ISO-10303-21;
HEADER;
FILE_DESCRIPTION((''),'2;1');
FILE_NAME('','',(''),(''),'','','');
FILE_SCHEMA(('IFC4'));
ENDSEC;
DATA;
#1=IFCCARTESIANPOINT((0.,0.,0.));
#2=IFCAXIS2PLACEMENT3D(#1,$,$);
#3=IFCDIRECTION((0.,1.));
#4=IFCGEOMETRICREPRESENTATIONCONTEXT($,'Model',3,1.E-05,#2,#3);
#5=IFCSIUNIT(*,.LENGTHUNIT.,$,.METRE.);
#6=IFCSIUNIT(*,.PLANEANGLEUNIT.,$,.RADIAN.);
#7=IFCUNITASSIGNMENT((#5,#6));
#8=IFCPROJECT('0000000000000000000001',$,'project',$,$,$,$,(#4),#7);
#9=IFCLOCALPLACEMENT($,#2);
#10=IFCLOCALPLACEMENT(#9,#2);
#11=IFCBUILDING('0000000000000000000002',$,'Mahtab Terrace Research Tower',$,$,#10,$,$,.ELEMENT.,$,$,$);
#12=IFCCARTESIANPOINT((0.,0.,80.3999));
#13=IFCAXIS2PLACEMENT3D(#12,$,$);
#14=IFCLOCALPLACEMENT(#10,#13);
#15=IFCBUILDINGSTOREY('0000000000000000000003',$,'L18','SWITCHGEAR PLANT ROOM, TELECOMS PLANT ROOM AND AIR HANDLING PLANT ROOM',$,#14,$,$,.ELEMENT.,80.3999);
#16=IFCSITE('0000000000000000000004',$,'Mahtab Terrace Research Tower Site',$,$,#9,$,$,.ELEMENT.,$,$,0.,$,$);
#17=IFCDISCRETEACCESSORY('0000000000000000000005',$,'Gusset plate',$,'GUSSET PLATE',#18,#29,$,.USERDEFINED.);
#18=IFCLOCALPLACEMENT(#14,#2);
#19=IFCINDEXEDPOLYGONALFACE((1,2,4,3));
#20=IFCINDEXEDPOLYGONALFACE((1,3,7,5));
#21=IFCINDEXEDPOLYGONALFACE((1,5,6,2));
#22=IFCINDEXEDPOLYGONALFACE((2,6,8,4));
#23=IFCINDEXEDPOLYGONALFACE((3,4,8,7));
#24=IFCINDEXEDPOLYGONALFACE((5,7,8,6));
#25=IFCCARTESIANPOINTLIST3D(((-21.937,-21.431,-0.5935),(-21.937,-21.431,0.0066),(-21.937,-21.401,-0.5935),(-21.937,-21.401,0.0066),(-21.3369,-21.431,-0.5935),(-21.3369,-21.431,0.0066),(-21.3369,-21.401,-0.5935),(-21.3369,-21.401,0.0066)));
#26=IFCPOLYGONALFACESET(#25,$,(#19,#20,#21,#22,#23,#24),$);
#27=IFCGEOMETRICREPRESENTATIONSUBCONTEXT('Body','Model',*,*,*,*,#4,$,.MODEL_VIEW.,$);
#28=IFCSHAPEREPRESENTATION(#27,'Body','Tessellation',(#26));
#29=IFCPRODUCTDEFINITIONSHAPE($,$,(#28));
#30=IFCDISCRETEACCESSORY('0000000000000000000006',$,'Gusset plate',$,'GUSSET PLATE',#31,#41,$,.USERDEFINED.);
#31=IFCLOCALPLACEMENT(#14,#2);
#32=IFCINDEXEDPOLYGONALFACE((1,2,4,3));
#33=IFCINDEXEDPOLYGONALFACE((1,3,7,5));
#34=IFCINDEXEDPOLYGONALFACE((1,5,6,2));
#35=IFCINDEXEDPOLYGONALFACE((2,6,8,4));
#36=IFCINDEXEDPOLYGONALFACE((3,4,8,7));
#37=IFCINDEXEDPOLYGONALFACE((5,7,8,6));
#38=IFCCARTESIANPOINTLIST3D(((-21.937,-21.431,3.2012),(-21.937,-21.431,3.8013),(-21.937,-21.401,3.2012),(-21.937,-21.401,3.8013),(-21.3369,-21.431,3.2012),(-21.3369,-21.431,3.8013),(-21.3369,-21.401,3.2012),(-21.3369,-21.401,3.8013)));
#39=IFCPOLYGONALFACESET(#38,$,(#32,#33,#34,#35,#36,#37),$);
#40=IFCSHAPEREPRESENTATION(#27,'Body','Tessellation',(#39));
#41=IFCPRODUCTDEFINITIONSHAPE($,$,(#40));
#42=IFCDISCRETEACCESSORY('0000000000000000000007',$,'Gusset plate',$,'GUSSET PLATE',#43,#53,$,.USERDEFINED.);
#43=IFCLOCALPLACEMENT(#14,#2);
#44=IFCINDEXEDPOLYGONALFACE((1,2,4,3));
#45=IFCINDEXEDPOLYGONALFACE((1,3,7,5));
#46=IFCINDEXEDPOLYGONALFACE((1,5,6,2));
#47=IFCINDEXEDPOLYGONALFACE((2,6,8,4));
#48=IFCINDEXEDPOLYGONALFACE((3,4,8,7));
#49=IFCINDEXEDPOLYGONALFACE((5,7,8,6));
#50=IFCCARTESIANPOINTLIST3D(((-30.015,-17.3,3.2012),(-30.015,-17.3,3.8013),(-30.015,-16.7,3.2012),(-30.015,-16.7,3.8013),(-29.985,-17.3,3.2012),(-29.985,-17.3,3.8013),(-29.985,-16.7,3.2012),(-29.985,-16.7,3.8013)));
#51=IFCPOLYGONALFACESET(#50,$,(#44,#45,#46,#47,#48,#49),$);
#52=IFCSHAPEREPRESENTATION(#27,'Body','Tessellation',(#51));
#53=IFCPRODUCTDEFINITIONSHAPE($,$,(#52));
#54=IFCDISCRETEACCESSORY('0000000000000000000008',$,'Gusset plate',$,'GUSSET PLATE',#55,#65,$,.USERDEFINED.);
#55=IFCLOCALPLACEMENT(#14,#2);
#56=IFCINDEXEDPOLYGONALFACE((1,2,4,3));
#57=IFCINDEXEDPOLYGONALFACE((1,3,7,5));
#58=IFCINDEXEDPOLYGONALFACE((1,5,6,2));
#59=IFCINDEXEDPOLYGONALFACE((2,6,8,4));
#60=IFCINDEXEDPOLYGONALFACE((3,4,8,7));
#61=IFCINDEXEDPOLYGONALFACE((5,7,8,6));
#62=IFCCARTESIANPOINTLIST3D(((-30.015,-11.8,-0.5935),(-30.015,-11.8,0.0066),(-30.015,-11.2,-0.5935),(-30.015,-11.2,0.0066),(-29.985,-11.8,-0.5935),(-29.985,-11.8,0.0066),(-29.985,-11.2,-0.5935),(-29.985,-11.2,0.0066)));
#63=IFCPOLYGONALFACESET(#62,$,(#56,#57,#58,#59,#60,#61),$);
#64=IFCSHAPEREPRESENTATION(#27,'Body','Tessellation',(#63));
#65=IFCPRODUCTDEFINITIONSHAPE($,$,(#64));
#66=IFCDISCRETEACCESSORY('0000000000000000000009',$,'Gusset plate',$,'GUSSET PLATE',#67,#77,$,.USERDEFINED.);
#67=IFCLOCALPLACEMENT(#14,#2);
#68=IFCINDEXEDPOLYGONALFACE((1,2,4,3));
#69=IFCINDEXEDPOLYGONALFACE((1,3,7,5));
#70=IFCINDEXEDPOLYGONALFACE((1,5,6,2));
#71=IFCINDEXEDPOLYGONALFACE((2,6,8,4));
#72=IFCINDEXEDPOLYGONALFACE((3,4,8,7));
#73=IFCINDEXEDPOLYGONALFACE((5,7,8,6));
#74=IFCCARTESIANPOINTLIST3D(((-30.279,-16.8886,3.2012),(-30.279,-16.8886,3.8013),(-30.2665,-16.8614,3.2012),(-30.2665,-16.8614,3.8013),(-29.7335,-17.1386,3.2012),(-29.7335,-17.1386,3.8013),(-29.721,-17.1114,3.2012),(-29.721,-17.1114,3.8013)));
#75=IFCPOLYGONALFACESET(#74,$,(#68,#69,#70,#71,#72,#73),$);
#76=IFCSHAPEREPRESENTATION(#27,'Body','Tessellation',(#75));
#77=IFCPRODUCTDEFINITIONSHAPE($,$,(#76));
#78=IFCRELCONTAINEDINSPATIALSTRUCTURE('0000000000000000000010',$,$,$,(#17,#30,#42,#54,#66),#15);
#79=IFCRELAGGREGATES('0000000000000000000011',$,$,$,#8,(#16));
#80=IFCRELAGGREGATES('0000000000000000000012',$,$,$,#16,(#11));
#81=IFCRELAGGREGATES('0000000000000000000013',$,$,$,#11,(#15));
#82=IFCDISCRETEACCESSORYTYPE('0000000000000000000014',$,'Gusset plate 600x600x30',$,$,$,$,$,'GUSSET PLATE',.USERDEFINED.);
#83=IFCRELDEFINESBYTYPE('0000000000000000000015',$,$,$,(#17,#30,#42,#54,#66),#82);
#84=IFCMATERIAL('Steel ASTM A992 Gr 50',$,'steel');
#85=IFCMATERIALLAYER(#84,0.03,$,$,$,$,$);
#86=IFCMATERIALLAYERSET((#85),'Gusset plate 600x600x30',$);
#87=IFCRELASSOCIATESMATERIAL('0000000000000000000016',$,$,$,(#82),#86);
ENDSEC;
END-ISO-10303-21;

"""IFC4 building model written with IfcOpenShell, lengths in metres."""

from ifc_helpers import new_model, si_unit, direction, frame, origin, origin_2d, place, context, subcontext, project, spatial, rectangle, extrude, material, layer, layer_set, type_object, element, save


model = new_model("IFC4")

# Units and contexts
model_context = context("Model", 3, precision=1e-05, world=origin(), true_north=direction((0.0, 1.0)))
body_context = subcontext(model_context, "Body", "Model", "MODEL_VIEW")
ifc_project = project(units=[si_unit("LENGTHUNIT", "METRE"), si_unit("PLANEANGLEUNIT", "RADIAN")], contexts=[model_context])

# Site, building, storey
site_placement = place(None, origin())
site = spatial("IfcSite", under=ifc_project, at=site_placement, Name="Mahtab Terrace Research Tower Site", CompositionType="ELEMENT", RefElevation=0.0)
building_placement = place(site_placement, origin())
building = spatial("IfcBuilding", under=site, at=building_placement, Name="Mahtab Terrace Research Tower", CompositionType="ELEMENT")
storey_placement = place(building_placement, frame((0.0, 0.0, 80.3999)))
storey = spatial("IfcBuildingStorey", under=building, at=storey_placement, Name="L18", Description="SWITCHGEAR PLANT ROOM, TELECOMS PLANT ROOM AND AIR HANDLING PLANT ROOM", CompositionType="ELEMENT", Elevation=80.3999)

# Shared definitions
ifc_material_1 = material(Name="Steel ASTM A992 Gr 50", Category="steel")

# Discrete accessories
ifc_layer_1 = layer(ifc_material_1, 0.03)
ifc_layer_set_1 = layer_set([ifc_layer_1], Name="Gusset plate 600x600x30")
discrete_accessory_type = type_object("IfcDiscreteAccessoryType", Name="Gusset plate 600x600x30", ElementType="GUSSET PLATE", PredefinedType="USERDEFINED", material=ifc_layer_set_1)
for number, where, z_axis, x_axis, name in (
    (1, (-21.637, -21.416, -0.5935), (0.0, 0.0, 1.0), (1.0, 0.0, 0.0), "Gusset plate"),
    (2, (-21.637, -21.416, 3.2012), (0.0, 0.0, 1.0), (1.0, 0.0, 0.0), "Gusset plate"),
    (3, (-30.0, -17.0, 3.2012), (0.0, 0.0, 1.0), (0.0, 1.0, 0.0), "Gusset plate"),
    (4, (-30.0, -11.5, -0.5935), (0.0, 0.0, 1.0), (0.0, 1.0, 0.0), "Gusset plate"),
    (5, (-30.0, -17.0, 3.2012), (0.0, 0.0, 1.0), (-0.909091, 0.416598, 0.0), "Gusset plate"),
):
    element("IfcDiscreteAccessory", number, at=place(storey_placement, frame(where, z_axis=z_axis, x_axis=x_axis)), inside=storey, type_object=discrete_accessory_type, Name=name, ObjectType="GUSSET PLATE", PredefinedType="USERDEFINED", context=body_context, shape_type="SweptSolid", body=[
        extrude(rectangle(XDim=0.6001, YDim=0.03, at=origin_2d()), origin(), (0.0, 0.0, 1.0), 0.6001),
    ])

save(model, "model.ifc")
